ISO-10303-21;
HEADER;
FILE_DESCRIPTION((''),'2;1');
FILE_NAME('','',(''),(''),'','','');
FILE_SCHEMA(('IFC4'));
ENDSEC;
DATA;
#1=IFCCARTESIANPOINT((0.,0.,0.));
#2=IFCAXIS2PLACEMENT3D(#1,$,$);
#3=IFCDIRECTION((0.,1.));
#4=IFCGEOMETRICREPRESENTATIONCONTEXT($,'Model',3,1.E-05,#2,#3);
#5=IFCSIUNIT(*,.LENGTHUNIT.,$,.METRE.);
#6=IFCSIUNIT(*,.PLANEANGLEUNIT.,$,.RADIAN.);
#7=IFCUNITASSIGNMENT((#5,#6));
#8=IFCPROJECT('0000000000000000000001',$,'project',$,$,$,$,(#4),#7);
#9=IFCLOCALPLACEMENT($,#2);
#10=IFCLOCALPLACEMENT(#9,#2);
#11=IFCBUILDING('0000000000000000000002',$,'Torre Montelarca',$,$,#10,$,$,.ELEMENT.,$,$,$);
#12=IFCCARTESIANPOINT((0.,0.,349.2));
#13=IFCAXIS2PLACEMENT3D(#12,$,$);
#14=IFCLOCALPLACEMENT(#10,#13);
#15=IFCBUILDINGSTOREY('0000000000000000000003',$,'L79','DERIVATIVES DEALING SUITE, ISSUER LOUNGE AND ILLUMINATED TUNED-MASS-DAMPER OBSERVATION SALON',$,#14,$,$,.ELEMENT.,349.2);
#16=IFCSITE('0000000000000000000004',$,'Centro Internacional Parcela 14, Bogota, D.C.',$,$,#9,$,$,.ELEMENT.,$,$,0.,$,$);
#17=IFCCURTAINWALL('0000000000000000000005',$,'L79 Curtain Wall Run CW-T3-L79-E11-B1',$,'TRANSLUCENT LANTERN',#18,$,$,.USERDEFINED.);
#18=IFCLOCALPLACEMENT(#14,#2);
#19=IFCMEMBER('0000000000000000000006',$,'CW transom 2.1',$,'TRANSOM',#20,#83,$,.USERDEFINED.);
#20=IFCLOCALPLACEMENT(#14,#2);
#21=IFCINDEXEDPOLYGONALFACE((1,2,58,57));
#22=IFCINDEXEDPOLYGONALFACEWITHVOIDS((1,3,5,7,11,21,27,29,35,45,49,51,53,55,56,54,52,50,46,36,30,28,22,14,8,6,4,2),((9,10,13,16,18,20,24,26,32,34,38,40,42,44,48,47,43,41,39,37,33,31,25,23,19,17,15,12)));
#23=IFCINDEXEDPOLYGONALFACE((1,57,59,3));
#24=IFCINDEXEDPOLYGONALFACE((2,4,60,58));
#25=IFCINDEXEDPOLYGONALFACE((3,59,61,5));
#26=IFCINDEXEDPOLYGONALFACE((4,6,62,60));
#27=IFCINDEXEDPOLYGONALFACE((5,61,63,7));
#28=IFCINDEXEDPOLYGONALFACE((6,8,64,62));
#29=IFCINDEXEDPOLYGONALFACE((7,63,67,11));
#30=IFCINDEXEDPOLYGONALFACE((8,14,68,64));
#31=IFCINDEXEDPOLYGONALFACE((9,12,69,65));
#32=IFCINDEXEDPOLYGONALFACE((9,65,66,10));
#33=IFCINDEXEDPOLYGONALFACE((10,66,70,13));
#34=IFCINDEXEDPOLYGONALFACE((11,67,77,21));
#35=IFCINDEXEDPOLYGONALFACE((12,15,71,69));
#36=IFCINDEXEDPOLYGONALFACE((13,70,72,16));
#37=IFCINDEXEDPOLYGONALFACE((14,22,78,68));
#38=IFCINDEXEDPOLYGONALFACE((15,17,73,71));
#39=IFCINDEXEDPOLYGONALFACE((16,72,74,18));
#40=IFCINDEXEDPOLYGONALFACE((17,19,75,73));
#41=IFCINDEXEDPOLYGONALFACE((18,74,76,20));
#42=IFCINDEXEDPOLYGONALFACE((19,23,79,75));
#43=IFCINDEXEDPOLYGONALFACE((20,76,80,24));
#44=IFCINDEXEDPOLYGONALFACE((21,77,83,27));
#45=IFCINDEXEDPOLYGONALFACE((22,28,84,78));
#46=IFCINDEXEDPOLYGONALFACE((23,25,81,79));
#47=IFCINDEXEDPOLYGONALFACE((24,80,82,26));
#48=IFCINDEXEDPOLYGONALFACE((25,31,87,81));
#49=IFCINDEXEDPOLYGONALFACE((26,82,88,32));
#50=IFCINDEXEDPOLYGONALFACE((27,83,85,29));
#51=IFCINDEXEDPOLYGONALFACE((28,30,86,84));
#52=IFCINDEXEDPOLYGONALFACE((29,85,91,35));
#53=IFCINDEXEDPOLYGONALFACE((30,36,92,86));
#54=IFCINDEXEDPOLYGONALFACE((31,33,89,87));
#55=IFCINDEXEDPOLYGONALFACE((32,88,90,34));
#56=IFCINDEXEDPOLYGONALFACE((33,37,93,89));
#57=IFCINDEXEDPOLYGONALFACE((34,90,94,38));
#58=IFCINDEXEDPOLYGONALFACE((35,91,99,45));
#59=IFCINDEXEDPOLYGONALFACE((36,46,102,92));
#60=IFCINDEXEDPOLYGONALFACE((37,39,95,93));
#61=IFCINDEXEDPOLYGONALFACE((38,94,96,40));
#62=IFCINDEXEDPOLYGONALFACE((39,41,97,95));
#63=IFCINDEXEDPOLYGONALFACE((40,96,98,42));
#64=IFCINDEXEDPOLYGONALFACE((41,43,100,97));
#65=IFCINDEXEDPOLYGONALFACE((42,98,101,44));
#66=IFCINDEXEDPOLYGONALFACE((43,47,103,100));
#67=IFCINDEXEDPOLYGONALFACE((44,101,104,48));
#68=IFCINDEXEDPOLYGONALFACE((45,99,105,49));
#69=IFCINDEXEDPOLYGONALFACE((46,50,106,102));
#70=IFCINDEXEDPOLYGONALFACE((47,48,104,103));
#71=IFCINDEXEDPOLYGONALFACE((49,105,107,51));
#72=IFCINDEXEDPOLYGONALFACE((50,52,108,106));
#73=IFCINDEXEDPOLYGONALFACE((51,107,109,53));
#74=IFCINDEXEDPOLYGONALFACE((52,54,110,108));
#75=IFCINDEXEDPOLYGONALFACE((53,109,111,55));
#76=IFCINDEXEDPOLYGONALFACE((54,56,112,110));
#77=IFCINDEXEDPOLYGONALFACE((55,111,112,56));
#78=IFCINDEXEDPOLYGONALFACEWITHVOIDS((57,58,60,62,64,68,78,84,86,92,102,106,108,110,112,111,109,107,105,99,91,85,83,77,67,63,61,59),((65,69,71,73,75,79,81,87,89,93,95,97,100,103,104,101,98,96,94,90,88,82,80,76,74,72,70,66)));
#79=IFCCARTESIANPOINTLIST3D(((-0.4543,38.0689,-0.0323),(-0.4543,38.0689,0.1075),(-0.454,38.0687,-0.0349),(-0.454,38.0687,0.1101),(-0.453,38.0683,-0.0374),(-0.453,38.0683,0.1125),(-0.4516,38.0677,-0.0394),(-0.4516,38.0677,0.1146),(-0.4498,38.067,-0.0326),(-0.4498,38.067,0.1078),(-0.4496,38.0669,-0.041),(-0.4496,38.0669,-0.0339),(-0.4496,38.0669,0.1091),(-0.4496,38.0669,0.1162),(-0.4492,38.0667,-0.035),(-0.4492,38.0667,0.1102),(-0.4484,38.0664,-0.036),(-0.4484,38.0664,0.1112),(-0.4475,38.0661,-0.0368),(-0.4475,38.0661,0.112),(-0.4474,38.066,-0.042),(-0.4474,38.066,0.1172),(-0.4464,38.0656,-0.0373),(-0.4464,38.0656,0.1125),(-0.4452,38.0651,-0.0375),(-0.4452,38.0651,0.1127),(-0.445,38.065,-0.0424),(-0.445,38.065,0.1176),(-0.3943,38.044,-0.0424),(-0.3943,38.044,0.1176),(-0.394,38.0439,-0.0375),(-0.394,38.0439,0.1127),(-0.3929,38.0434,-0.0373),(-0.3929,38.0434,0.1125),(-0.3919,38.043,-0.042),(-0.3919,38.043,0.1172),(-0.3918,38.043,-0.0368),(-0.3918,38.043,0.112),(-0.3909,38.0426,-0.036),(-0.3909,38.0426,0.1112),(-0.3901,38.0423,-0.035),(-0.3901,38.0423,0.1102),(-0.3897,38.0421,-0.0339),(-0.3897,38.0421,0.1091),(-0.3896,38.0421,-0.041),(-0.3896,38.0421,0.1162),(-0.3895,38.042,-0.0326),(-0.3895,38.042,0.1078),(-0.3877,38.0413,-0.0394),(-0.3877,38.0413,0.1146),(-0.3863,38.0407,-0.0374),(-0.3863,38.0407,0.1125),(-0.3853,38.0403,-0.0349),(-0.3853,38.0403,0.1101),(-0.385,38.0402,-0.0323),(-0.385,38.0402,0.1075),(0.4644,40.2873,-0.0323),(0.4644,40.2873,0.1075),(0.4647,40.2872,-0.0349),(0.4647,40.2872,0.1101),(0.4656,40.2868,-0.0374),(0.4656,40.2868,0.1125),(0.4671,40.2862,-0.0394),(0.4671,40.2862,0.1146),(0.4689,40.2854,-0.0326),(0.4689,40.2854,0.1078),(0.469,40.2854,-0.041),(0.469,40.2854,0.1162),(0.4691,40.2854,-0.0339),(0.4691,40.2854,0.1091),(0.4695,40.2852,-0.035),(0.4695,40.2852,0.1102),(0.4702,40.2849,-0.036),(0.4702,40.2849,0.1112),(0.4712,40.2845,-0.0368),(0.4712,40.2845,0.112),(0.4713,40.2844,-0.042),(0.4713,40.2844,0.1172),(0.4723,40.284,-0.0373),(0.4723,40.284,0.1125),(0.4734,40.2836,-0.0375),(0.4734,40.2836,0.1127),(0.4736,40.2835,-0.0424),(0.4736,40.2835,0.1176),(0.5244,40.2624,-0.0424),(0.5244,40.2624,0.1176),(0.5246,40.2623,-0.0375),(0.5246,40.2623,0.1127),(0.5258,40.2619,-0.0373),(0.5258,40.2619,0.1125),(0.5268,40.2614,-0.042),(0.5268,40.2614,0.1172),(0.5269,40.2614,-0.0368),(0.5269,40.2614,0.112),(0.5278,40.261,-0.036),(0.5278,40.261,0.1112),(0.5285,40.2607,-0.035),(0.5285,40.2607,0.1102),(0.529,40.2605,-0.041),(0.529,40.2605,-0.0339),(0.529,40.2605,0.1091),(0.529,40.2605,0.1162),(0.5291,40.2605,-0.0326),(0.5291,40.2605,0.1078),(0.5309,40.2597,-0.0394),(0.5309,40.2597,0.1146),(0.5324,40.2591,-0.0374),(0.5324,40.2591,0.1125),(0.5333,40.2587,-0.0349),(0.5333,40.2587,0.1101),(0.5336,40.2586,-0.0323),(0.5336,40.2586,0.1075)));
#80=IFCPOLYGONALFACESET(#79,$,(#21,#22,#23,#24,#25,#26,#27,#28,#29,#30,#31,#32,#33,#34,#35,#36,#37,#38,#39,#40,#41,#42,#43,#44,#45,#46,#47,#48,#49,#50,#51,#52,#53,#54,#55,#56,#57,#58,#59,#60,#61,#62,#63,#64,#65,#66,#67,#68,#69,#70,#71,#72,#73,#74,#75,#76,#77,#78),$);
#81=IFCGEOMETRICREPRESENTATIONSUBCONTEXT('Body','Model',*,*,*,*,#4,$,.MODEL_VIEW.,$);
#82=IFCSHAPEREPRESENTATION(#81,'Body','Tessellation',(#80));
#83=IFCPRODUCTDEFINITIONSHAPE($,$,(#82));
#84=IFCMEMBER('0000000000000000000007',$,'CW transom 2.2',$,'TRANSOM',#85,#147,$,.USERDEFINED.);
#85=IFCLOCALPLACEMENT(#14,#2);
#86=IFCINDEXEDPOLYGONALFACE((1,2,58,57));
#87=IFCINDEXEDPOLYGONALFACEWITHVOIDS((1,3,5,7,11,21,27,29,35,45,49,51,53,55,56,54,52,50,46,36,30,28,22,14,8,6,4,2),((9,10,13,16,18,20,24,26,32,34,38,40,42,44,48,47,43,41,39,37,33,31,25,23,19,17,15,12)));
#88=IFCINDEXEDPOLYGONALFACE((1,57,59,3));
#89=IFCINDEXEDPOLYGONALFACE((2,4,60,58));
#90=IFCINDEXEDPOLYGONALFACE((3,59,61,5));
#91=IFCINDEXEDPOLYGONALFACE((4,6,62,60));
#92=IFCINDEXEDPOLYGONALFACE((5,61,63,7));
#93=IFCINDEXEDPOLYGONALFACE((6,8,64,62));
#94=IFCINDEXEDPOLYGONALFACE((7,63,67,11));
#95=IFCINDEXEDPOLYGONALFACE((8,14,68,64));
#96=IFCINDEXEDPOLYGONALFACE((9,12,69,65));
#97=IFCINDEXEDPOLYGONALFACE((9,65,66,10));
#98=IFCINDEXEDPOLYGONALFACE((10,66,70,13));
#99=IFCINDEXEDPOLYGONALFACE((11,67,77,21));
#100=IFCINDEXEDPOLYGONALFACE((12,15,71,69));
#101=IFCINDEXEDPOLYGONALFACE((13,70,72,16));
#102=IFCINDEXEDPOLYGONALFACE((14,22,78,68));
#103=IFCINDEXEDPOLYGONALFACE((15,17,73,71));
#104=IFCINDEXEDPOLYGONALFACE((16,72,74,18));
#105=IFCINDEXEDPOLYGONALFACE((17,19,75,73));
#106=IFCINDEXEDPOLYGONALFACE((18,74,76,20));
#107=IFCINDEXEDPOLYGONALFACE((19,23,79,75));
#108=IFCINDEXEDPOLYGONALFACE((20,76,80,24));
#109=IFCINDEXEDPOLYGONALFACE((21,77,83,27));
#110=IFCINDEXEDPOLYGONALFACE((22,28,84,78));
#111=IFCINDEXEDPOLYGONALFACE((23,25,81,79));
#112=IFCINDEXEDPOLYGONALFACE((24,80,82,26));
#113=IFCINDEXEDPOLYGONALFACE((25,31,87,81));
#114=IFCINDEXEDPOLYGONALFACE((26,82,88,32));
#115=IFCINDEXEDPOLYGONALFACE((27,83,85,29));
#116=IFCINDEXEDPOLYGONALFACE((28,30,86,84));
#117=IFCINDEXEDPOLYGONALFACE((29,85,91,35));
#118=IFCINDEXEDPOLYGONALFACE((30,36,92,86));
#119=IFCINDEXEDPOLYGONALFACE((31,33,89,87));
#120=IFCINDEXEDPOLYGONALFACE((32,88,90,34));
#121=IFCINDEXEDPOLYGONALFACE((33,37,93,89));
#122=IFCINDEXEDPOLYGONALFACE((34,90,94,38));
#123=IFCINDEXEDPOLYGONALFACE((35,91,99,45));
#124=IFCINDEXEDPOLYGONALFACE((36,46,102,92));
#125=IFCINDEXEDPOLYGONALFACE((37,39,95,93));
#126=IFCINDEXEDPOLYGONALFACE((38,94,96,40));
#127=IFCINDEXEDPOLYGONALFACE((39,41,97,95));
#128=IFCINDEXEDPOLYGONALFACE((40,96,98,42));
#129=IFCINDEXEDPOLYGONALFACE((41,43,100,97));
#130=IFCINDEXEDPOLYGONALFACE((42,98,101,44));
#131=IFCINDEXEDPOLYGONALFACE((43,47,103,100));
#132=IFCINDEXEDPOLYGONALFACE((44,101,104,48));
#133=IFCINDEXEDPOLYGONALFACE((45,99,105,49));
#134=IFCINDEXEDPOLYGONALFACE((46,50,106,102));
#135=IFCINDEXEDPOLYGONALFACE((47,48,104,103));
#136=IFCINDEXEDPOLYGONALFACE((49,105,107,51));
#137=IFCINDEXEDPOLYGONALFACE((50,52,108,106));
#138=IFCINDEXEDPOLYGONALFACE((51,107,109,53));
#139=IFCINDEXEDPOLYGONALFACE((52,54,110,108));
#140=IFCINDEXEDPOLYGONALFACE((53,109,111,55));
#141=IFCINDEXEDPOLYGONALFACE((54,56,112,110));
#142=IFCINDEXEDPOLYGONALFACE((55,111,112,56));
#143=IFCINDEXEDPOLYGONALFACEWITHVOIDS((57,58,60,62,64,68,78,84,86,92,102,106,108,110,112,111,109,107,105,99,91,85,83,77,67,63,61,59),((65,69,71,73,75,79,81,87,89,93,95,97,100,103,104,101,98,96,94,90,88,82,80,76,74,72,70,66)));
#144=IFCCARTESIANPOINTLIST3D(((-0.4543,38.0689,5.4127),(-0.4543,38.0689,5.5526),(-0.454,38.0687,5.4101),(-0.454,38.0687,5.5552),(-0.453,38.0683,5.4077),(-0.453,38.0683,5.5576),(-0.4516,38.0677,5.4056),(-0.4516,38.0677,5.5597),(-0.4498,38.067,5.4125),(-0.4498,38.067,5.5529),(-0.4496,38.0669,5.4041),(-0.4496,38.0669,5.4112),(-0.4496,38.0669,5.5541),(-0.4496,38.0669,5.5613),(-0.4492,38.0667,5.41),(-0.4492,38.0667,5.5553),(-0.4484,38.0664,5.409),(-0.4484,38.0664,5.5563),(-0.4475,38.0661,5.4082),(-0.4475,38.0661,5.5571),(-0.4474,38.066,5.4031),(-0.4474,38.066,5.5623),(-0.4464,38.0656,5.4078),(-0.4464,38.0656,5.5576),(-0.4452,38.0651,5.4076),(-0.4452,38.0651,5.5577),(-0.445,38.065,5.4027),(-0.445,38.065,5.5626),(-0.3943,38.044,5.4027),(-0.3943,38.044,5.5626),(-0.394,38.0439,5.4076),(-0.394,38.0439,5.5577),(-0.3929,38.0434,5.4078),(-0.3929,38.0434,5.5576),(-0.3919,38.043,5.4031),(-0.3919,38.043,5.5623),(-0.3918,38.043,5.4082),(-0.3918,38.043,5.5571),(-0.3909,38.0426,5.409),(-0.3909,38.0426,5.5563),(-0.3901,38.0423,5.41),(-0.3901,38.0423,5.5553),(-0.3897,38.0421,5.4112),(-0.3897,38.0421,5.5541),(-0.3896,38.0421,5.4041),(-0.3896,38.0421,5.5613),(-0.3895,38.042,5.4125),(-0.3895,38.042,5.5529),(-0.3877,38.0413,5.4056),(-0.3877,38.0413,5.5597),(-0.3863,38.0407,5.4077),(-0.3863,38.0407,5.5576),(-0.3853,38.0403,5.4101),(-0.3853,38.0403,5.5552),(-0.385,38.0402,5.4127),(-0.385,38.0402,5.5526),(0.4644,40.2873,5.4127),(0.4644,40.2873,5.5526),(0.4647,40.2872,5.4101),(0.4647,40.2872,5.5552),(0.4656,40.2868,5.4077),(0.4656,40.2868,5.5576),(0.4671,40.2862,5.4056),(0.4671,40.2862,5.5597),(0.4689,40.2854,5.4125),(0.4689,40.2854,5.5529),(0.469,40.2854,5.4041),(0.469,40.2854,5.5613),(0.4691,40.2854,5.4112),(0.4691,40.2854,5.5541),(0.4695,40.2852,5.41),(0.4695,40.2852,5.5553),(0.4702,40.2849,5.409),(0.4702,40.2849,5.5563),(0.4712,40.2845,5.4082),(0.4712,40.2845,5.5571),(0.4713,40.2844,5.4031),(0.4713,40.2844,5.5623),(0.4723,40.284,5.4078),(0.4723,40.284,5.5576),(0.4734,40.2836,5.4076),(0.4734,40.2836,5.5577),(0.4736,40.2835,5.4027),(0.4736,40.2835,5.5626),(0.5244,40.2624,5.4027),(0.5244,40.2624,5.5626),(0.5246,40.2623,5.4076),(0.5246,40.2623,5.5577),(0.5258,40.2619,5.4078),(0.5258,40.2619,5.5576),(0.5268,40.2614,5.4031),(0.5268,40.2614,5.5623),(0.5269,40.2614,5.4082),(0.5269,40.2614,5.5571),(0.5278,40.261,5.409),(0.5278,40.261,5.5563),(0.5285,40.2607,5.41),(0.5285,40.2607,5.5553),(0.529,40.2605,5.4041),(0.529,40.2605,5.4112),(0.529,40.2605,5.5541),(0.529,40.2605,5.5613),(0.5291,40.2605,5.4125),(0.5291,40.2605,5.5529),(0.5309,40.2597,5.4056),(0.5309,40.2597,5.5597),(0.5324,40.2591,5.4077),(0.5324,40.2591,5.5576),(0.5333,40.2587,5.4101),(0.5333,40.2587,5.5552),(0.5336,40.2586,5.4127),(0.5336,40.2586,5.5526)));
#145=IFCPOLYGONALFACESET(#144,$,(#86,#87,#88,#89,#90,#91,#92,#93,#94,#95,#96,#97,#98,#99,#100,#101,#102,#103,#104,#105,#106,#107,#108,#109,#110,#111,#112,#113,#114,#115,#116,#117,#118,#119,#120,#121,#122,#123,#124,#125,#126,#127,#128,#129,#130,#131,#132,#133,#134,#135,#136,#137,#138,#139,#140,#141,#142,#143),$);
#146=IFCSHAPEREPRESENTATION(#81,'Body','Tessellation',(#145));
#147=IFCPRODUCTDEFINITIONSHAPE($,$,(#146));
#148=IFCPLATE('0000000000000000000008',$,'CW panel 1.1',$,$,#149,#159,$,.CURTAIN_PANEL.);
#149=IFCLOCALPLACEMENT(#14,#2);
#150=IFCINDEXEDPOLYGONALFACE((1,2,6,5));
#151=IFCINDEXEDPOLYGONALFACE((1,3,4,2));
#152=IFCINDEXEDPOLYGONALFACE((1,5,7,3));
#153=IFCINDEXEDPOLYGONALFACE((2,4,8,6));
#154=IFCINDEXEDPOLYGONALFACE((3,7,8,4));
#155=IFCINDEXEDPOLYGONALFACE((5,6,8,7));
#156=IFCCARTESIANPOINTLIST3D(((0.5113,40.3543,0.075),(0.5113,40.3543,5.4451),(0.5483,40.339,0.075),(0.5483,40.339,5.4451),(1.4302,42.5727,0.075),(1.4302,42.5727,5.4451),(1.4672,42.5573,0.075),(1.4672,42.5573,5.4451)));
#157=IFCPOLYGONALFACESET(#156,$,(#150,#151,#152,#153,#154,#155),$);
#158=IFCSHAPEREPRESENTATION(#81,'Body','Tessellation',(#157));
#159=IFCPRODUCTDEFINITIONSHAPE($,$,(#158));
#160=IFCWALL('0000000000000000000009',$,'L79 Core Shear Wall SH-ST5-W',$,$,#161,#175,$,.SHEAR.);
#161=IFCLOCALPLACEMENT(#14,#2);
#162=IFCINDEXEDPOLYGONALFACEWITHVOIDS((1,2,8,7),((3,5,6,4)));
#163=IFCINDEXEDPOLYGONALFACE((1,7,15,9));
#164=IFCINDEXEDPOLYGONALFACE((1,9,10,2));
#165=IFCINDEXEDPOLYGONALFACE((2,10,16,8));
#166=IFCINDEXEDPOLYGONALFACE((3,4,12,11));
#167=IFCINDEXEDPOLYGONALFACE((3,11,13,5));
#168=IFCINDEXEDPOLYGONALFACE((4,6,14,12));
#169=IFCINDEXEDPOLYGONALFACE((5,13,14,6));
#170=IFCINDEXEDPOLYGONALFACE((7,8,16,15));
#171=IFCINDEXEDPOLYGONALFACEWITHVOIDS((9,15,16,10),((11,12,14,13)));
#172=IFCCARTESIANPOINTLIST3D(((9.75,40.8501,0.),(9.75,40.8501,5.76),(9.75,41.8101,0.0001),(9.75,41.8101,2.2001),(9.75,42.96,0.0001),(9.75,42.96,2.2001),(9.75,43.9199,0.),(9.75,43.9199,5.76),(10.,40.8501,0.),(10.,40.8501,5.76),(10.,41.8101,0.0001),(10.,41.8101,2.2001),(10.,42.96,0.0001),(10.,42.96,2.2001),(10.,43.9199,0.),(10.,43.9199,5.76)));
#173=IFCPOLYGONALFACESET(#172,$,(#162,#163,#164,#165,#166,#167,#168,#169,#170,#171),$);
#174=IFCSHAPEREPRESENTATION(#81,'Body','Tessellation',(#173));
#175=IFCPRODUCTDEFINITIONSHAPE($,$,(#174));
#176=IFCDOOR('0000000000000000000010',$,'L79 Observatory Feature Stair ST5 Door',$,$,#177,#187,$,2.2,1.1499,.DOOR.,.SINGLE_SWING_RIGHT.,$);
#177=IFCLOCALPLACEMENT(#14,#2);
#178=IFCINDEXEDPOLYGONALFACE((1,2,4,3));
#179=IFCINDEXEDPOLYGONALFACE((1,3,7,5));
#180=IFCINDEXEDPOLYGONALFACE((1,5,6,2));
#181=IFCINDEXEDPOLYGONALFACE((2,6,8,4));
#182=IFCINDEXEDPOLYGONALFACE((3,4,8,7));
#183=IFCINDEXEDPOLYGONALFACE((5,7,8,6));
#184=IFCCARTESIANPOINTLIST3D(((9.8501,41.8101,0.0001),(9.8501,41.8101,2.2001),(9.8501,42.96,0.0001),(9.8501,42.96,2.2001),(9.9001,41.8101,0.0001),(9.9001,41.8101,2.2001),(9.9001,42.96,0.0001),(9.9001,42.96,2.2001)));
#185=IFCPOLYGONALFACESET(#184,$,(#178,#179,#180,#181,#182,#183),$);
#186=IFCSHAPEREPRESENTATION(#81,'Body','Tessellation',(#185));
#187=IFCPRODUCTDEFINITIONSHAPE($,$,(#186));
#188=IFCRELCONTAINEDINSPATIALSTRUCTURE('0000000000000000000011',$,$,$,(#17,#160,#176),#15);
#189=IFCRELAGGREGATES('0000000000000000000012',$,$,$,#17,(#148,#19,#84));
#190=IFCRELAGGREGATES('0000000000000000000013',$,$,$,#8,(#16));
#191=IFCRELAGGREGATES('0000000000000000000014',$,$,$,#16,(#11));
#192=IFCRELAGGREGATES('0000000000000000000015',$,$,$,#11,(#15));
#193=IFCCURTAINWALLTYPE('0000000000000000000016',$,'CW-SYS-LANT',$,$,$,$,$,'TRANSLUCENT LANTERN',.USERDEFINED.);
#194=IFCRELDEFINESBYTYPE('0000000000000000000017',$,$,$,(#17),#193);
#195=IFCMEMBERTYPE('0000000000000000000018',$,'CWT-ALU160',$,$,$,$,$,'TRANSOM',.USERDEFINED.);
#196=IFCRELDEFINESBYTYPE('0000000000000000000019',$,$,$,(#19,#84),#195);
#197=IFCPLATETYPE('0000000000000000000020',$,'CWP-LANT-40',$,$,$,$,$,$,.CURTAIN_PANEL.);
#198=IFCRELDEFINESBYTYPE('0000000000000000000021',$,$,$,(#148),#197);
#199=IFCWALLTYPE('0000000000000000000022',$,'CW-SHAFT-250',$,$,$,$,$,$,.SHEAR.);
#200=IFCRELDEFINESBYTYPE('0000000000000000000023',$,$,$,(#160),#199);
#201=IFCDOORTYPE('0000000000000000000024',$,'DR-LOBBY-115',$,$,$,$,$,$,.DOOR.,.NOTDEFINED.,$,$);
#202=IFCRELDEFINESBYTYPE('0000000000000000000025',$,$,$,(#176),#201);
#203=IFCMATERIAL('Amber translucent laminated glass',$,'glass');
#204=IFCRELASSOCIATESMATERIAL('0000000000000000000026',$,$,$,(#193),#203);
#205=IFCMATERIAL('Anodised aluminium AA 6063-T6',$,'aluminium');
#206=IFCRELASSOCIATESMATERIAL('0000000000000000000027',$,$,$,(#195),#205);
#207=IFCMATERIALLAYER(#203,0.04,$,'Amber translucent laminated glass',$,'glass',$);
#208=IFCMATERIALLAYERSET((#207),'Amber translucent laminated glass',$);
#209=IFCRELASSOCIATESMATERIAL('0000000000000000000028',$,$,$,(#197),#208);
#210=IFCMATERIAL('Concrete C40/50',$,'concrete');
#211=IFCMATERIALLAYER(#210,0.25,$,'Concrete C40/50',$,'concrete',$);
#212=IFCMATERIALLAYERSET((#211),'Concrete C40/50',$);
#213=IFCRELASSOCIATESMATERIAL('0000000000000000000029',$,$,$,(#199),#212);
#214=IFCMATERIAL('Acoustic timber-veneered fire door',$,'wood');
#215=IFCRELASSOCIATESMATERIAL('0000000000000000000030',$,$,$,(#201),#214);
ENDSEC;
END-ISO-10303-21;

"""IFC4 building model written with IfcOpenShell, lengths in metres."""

from ifc_helpers import new_model, si_unit, direction, frame, frame_2d, origin, origin_2d, place, context, subcontext, project, spatial, rectangle, hollow_rectangle, extrude, source, transform, mapped, material, layer, layer_set, material_profile, profile_set, type_object, element, fill, aggregate, save


model = new_model("IFC4")

# Units and contexts
model_context = context("Model", 3, precision=1e-05, world=origin(), true_north=direction((0.0, 1.0)))
body_context = subcontext(model_context, "Body", "Model", "MODEL_VIEW")
ifc_project = project(units=[si_unit("LENGTHUNIT", "METRE"), si_unit("PLANEANGLEUNIT", "RADIAN")], contexts=[model_context])

# Site, building, storey
site_placement = place(None, origin())
site = spatial("IfcSite", under=ifc_project, at=site_placement, Name="Centro Internacional Parcela 14, Bogota, D.C.", CompositionType="ELEMENT", RefElevation=0.0)
building_placement = place(site_placement, origin())
building = spatial("IfcBuilding", under=site, at=building_placement, Name="Torre Montelarca", CompositionType="ELEMENT")
storey_placement = place(building_placement, frame((0.0, 0.0, 349.2)))
storey = spatial("IfcBuildingStorey", under=building, at=storey_placement, Name="L79", Description="DERIVATIVES DEALING SUITE, ISSUER LOUNGE AND ILLUMINATED TUNED-MASS-DAMPER OBSERVATION SALON", CompositionType="ELEMENT", Elevation=349.2)

# Shared definitions
ifc_material_1 = material(Name="Concrete C40/50", Category="concrete")

# Curtain wall, members, plate
ifc_material_2 = material(Name="Amber translucent laminated glass", Category="glass")
curtain_wall_type = type_object("IfcCurtainWallType", Name="CW-SYS-LANT", ElementType="TRANSLUCENT LANTERN", PredefinedType="USERDEFINED", material=ifc_material_2)
curtain_wall_placement = place(storey_placement, origin())
curtain_wall = element("IfcCurtainWall", 1, at=curtain_wall_placement, inside=storey, type_object=curtain_wall_type, Name="L79 Curtain Wall Run CW-T3-L79-E11-B1", ObjectType="TRANSLUCENT LANTERN", PredefinedType="USERDEFINED")
ifc_material_3 = material(Name="Anodised aluminium AA 6063-T6", Category="aluminium")
ifc_material_profile_1 = material_profile(ifc_material_3, hollow_rectangle(XDim=0.075, YDim=0.1599, WallThickness=0.0049, InnerFilletRadius=0.0049, OuterFilletRadius=0.01, at=origin_2d()), Name="ALU75X160X5", Category="aluminium")
ifc_profile_set_1 = profile_set([ifc_material_profile_1], Name="Anodised aluminium AA 6063-T6")
member_type_1 = type_object("IfcMemberType", Name="CWT-ALU160", ElementType="TRANSOM", PredefinedType="USERDEFINED", material=ifc_profile_set_1)
shared_shape_1 = source(origin(), body_context, "Body", "SweptSolid", [
    extrude(hollow_rectangle(XDim=0.075, YDim=0.1599, WallThickness=0.0049, InnerFilletRadius=0.0049, OuterFilletRadius=0.01, at=origin_2d()), origin(), (0.0, 0.0, 1.0), 2.4011),
])
member_1_placement = place(storey_placement, frame((0.499, 40.2729, 0.0376), z_axis=(-0.3826, -0.923914, 0.0), x_axis=(0.923914, -0.3826, 0.0)))
member_1 = element("IfcMember", 2, at=member_1_placement, type_object=member_type_1, Name="CW transom 2.1", ObjectType="TRANSOM", PredefinedType="USERDEFINED", context=body_context, shape_type="MappedRepresentation", body=[
    mapped(shared_shape_1, transform((0.0, 0.0, 0.0), scale=1.0)),
])
member_2_placement = place(storey_placement, frame((0.499, 40.2729, 5.4827), z_axis=(-0.3826, -0.923914, 0.0), x_axis=(0.923914, -0.3826, 0.0)))
member_2 = element("IfcMember", 3, at=member_2_placement, type_object=member_type_1, Name="CW transom 2.2", ObjectType="TRANSOM", PredefinedType="USERDEFINED", context=body_context, shape_type="MappedRepresentation", body=[
    mapped(shared_shape_1, transform((0.0, 0.0, 0.0), scale=1.0)),
])
ifc_layer_1 = layer(ifc_material_2, 0.04, Name="Amber translucent laminated glass", Category="glass")
ifc_layer_set_1 = layer_set([ifc_layer_1], Name="Amber translucent laminated glass")
plate_type = type_object("IfcPlateType", Name="CWP-LANT-40", PredefinedType="CURTAIN_PANEL", material=ifc_layer_set_1)
shared_shape_2 = source(origin(), body_context, "Body", "SweptSolid", [
    extrude(rectangle(XDim=2.4011, YDim=0.04, at=origin_2d()), origin(), (0.0, 0.0, 1.0), 5.3701),
])
plate_placement = place(storey_placement, frame((0.9893, 41.4558, 0.075), z_axis=(0.0, 0.0, 1.0), x_axis=(-0.382671, -0.923885, 0.0)))
plate = element("IfcPlate", 4, at=plate_placement, type_object=plate_type, Name="CW panel 1.1", PredefinedType="CURTAIN_PANEL", context=body_context, shape_type="MappedRepresentation", body=[
    mapped(shared_shape_2, transform((0.0, 0.0, 0.0), scale=1.0)),
])
aggregate(curtain_wall, [plate, member_1, member_2])

# Wall, opening, door
ifc_layer_2 = layer(ifc_material_1, 0.25, Name="Concrete C40/50", Category="concrete")
ifc_layer_set_2 = layer_set([ifc_layer_2], Name="Concrete C40/50")
wall_type_1 = type_object("IfcWallType", Name="CW-SHAFT-250", PredefinedType="SHEAR", material=ifc_layer_set_2)
wall_1_placement = place(storey_placement, frame((9.875, 40.8501, 0.0), z_axis=(0.0, 0.0, 1.0), x_axis=(0.0, 1.0, 0.0)))
wall_1 = element("IfcWall", 5, at=wall_1_placement, inside=storey, type_object=wall_type_1, Name="L79 Core Shear Wall SH-ST5-W", PredefinedType="SHEAR", context=body_context, shape_type="SweptSolid", body=[
    extrude(rectangle(XDim=3.0698, YDim=0.25, at=frame_2d((1.5349, 0.0))), origin(), (0.0, 0.0, 1.0), 5.76),
])
opening_1_placement = place(wall_1_placement, frame((0.96, 0.0, 0.0)))
opening_1 = element("IfcOpeningElement", 6, at=opening_1_placement, cuts=wall_1, PredefinedType="OPENING", context=body_context, shape_type="SweptSolid", body=[
    extrude(rectangle(XDim=1.1499, YDim=2.2, at=frame_2d((0.575, 1.1001))), frame((0.0, 0.135, 0.0), z_axis=(0.0, -1.0, 0.0), x_axis=(1.0, 0.0, 0.0)), (0.0, 0.0, 1.0), 0.27),
])
ifc_material_4 = material(Name="Acoustic timber-veneered fire door", Category="wood")
door_type_1 = type_object("IfcDoorType", Name="DR-LOBBY-115", OperationType="NOTDEFINED", PredefinedType="DOOR", material=ifc_material_4)
shared_shape_3 = source(origin(), body_context, "Body", "SweptSolid", [
    extrude(rectangle(XDim=1.1499, YDim=2.2, at=frame_2d((0.575, 1.1001))), frame((0.0, 0.0249, 0.0), z_axis=(0.0, -1.0, 0.0), x_axis=(1.0, 0.0, 0.0)), (0.0, 0.0, 1.0), 0.05),
])
door_1_placement = place(opening_1_placement, origin())
door_1 = element("IfcDoor", 7, at=door_1_placement, inside=storey, type_object=door_type_1, Name="L79 Observatory Feature Stair ST5 Door", OperationType="SINGLE_SWING_RIGHT", OverallHeight=2.2, OverallWidth=1.1499, PredefinedType="DOOR", context=body_context, shape_type="MappedRepresentation", body=[
    mapped(shared_shape_3, transform((0.0, 0.0, 0.0), scale=1.0)),
])
fill(opening_1, door_1)

save(model, "model.ifc")
